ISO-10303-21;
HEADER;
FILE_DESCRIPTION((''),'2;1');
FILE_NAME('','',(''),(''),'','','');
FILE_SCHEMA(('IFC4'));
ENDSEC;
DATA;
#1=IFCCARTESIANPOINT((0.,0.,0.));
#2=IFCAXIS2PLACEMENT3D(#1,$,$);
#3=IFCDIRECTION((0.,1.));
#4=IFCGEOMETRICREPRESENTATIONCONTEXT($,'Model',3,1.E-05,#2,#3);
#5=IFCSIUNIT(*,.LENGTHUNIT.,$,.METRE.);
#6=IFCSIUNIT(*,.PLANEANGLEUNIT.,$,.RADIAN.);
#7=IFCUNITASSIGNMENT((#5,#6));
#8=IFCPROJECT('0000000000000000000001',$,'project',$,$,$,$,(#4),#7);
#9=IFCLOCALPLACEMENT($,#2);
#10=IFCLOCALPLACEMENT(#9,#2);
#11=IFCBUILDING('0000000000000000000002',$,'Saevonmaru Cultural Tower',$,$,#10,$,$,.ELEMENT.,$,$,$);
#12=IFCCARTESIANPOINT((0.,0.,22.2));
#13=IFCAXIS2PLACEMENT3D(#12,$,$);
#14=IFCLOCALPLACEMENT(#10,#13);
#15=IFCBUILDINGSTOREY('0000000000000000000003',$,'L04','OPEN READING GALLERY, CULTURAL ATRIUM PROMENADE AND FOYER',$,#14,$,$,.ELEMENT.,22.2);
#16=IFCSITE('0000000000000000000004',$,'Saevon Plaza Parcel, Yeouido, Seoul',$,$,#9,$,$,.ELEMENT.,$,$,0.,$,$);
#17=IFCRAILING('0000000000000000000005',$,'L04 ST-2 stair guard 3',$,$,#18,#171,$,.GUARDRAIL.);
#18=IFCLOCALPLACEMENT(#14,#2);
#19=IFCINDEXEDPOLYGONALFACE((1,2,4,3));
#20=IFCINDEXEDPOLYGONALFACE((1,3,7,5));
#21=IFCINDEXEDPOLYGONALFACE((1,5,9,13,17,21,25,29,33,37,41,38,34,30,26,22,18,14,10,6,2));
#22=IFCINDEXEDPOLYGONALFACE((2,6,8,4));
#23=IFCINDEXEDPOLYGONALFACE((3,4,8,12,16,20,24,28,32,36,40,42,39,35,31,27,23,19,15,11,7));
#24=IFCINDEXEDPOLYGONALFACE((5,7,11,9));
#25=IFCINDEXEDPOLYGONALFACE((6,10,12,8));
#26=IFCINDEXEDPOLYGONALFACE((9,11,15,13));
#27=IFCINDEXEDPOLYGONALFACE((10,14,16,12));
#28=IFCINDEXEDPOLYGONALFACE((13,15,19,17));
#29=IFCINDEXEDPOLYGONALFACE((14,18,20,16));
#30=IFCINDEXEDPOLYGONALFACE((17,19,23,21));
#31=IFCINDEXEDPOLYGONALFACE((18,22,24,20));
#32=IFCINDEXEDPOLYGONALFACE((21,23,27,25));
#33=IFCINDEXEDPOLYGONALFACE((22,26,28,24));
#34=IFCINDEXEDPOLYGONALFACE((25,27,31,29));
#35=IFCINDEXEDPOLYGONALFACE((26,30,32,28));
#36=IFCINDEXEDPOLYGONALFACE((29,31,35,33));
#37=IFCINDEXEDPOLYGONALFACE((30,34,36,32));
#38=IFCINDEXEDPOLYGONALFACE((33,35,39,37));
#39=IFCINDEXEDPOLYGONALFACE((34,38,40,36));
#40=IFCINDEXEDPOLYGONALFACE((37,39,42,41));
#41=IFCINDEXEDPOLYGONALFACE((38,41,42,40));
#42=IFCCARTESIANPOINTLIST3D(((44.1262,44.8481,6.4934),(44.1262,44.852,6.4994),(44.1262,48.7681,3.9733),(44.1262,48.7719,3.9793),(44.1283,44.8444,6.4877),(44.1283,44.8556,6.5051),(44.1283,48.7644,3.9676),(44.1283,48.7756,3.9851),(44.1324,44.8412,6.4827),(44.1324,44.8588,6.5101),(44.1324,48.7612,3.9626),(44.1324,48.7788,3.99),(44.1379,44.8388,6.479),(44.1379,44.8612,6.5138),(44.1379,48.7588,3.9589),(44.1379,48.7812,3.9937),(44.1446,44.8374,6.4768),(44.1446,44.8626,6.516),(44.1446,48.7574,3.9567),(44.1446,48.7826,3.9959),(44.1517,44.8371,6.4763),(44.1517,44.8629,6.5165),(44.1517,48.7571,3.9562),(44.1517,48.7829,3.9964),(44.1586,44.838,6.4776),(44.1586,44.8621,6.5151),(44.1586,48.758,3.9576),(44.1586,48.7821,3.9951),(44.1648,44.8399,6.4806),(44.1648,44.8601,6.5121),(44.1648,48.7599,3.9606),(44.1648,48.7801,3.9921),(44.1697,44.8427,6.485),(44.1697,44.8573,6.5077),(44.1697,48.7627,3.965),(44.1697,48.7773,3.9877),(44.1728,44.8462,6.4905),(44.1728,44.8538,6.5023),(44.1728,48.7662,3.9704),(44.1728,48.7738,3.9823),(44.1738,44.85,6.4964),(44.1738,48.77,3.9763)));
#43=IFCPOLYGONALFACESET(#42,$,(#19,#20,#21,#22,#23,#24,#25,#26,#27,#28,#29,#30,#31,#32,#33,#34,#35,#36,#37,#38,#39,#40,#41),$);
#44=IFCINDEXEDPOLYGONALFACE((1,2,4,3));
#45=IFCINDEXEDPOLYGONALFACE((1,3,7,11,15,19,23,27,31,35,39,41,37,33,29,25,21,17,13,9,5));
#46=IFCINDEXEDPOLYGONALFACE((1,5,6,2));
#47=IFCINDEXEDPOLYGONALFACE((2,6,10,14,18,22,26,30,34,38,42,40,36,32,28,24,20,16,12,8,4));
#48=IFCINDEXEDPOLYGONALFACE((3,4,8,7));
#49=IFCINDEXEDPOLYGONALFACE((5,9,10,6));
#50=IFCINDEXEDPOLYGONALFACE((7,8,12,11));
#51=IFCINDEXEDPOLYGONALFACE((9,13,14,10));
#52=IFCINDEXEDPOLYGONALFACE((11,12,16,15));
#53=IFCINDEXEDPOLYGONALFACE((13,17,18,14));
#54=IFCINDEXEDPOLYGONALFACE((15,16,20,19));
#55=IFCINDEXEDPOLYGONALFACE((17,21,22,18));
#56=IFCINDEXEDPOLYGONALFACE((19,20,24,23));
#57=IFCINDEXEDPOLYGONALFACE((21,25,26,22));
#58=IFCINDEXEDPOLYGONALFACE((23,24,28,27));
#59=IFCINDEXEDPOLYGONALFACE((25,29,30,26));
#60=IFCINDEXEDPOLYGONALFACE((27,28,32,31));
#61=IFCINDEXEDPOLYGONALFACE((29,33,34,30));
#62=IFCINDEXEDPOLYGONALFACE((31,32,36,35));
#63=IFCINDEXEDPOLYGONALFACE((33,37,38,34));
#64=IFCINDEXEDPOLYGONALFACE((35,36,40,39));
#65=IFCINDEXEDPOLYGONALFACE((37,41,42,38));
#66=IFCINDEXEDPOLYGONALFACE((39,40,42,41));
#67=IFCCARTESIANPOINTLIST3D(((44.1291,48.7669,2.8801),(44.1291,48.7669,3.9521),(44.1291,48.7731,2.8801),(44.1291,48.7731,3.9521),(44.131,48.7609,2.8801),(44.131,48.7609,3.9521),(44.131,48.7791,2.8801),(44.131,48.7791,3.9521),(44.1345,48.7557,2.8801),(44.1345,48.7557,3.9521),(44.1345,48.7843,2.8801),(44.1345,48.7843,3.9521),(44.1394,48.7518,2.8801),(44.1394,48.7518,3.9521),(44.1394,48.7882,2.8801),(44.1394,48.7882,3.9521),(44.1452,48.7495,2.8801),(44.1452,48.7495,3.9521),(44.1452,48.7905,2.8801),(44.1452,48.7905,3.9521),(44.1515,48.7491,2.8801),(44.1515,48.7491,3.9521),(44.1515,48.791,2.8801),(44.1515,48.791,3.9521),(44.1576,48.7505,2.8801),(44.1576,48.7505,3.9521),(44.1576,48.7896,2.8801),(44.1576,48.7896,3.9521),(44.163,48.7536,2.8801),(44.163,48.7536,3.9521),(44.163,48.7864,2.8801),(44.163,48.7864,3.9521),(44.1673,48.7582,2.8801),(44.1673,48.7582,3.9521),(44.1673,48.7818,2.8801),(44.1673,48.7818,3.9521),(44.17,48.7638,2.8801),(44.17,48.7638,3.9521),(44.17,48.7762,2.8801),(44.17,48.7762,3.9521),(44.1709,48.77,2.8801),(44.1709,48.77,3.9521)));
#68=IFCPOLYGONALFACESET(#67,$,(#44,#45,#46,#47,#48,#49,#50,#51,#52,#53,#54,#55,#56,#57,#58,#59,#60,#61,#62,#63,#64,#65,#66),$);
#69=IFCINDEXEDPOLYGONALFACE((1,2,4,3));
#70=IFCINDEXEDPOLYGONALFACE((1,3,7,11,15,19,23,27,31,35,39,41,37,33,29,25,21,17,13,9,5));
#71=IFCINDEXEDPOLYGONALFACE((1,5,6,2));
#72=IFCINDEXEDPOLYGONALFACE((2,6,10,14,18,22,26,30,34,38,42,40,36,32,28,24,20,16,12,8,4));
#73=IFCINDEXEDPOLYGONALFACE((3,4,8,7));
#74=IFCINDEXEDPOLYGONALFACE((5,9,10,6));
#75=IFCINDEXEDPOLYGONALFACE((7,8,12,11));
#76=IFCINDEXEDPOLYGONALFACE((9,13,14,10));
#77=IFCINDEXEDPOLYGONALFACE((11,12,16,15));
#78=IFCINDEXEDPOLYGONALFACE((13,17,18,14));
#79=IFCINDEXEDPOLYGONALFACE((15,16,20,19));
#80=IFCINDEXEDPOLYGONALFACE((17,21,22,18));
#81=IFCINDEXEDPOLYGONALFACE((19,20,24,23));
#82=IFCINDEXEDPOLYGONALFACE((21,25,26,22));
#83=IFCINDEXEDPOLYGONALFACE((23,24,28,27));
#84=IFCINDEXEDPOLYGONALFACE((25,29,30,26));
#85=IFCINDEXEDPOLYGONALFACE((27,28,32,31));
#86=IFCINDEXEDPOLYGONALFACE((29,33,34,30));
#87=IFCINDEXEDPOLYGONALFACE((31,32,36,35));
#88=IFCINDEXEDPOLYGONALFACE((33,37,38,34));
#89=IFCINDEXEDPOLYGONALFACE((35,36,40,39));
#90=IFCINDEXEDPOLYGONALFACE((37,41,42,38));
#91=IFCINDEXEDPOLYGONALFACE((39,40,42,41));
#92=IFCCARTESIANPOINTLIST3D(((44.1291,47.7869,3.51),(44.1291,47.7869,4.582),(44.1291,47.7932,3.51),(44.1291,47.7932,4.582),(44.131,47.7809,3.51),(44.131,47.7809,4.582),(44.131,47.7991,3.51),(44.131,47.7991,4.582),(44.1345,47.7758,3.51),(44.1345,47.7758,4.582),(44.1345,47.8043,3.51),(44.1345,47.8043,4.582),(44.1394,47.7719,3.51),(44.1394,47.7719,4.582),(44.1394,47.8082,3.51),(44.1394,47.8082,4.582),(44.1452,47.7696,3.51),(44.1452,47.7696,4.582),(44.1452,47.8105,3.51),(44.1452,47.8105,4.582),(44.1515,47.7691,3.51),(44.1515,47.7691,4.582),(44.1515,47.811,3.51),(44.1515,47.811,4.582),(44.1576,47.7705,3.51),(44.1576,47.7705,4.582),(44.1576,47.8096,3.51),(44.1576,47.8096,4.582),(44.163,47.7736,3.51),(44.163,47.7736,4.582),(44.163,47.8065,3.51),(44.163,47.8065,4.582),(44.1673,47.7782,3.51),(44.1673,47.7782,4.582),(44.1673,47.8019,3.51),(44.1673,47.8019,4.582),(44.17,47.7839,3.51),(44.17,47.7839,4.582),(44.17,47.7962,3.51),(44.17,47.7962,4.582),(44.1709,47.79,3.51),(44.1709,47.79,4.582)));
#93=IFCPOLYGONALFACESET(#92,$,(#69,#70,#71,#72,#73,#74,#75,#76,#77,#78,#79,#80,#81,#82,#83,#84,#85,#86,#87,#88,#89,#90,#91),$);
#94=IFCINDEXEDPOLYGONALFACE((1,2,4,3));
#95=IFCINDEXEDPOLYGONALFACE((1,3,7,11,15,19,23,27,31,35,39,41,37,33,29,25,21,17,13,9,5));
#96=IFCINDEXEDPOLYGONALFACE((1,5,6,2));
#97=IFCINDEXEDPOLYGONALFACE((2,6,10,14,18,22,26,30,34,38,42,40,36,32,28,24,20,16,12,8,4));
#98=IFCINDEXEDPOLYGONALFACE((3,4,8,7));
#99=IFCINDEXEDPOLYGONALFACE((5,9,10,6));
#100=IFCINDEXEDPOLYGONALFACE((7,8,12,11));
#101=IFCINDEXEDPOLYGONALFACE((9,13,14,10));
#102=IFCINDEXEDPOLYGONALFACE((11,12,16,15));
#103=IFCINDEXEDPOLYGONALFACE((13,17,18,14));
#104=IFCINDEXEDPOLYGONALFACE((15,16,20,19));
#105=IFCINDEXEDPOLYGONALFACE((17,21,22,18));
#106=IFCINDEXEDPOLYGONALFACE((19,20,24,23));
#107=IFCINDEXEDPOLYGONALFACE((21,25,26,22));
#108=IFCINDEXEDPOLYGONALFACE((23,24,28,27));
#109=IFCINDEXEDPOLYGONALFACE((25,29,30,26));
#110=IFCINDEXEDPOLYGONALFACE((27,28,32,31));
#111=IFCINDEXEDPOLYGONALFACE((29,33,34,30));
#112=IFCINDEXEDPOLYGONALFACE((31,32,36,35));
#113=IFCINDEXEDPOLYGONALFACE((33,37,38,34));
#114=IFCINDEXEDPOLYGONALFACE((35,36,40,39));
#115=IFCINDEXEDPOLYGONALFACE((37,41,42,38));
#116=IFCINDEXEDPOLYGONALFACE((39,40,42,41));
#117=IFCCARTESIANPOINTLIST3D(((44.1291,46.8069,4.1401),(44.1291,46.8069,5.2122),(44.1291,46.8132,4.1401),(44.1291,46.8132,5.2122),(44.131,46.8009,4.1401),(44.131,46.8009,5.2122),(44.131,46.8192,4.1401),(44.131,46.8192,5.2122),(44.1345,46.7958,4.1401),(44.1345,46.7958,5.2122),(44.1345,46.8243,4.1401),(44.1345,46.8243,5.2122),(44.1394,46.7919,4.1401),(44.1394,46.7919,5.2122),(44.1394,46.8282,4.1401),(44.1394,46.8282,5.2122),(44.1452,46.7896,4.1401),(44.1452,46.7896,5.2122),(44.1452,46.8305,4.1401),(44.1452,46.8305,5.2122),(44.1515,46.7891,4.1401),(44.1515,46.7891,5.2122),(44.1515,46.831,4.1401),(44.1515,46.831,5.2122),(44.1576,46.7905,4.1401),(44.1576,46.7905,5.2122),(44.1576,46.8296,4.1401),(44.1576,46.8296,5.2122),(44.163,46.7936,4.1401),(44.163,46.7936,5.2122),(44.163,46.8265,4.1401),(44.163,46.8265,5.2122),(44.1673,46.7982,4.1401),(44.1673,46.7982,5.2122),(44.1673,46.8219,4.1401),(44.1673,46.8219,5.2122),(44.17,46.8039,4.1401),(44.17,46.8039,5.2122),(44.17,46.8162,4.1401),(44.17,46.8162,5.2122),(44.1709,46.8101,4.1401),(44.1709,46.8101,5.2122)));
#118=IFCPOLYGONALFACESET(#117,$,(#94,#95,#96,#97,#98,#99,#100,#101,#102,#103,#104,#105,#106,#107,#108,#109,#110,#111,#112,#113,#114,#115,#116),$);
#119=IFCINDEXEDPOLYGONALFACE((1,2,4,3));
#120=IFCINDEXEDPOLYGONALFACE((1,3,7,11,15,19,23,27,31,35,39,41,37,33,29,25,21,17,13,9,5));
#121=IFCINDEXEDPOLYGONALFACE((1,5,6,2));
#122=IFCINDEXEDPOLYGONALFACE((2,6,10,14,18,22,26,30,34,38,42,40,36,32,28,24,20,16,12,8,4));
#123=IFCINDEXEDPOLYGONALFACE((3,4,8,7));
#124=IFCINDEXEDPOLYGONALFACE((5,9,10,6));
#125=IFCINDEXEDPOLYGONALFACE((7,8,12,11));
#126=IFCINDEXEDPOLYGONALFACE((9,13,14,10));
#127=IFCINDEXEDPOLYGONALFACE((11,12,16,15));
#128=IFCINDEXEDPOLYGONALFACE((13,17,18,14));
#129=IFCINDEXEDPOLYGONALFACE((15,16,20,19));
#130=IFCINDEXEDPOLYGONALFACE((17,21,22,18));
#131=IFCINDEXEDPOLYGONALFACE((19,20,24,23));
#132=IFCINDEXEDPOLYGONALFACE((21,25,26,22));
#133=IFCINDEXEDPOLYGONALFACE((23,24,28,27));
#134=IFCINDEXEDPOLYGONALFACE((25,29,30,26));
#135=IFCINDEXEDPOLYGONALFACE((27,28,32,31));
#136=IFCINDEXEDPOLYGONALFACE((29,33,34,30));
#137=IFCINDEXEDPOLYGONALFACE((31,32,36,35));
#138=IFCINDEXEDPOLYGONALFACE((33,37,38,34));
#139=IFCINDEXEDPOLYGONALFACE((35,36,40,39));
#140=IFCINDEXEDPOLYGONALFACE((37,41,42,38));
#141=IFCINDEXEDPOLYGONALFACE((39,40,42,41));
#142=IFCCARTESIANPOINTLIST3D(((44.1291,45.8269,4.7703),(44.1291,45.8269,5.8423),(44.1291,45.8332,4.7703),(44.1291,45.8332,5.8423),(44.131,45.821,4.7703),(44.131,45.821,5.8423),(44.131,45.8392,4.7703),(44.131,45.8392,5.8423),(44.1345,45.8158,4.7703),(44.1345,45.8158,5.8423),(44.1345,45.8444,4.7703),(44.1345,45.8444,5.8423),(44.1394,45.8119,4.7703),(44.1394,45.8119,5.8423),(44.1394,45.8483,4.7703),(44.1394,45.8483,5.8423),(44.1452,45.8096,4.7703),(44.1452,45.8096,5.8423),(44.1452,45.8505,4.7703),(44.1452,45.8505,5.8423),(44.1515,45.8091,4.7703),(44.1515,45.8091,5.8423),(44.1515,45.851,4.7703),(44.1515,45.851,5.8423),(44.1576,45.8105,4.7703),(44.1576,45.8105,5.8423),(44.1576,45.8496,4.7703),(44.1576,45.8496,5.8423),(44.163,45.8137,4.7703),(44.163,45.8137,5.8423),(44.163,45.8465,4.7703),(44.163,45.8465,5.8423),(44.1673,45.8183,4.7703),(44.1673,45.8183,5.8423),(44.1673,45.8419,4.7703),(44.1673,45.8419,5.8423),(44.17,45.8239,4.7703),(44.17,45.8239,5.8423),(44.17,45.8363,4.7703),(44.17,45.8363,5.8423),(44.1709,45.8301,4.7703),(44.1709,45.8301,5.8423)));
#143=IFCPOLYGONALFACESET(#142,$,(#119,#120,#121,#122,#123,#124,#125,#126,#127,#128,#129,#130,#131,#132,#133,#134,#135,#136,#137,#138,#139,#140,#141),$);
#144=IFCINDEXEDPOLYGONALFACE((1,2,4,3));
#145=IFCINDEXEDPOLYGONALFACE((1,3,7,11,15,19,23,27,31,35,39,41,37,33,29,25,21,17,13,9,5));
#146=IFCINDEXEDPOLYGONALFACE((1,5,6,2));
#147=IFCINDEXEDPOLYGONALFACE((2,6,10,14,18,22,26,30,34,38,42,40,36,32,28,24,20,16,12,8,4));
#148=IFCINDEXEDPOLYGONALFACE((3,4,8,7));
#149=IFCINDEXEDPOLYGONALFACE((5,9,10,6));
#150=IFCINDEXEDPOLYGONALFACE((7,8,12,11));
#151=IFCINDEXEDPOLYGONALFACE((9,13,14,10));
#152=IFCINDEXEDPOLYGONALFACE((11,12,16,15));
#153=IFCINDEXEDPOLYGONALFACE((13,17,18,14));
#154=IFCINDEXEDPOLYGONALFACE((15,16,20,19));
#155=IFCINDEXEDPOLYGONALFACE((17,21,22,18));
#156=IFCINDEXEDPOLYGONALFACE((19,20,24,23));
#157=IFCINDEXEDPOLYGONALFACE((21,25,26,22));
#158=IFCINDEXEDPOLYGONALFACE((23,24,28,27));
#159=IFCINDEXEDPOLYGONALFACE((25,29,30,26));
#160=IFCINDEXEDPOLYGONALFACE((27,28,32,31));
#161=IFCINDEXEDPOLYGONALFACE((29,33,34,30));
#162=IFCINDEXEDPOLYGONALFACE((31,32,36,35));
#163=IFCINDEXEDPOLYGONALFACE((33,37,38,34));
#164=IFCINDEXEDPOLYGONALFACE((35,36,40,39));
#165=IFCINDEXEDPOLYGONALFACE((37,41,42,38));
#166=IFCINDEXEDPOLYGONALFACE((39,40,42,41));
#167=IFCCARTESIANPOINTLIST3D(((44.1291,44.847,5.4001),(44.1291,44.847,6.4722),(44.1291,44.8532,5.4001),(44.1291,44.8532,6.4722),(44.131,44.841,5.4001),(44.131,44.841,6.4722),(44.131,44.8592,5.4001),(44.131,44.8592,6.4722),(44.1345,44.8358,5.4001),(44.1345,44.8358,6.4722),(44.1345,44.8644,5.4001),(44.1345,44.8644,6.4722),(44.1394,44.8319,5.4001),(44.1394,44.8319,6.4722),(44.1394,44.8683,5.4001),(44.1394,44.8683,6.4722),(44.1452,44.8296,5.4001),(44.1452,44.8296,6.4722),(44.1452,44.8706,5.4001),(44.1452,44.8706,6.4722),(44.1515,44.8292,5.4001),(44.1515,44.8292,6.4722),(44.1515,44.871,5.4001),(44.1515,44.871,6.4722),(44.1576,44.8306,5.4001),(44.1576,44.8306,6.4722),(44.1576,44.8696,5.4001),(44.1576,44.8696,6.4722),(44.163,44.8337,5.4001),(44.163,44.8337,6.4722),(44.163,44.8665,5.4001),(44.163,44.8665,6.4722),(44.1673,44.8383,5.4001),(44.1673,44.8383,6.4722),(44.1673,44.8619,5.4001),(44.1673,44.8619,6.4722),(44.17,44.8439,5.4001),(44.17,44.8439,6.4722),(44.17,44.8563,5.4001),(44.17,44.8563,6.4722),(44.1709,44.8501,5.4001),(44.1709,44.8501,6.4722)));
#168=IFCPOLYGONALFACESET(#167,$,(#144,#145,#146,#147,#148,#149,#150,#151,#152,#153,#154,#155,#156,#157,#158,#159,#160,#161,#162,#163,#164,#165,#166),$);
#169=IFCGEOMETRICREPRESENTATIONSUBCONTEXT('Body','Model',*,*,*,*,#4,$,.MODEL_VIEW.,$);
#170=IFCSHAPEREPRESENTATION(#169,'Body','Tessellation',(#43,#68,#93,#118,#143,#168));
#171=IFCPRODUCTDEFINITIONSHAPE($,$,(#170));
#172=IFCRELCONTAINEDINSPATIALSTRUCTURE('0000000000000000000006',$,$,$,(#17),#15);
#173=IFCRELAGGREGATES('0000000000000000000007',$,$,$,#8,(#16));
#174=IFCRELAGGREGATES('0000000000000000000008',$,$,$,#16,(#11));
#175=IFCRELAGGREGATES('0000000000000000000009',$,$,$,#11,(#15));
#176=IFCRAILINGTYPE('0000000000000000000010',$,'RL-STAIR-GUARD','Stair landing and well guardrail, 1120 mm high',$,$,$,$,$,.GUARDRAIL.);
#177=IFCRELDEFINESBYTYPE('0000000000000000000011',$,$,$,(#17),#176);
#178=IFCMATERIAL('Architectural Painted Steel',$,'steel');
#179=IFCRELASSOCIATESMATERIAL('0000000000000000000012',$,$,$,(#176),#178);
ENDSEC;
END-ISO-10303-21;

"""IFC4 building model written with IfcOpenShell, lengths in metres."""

from ifc_helpers import new_model, si_unit, direction, frame, origin, origin_2d, place, context, subcontext, project, spatial, circle, extrude, material, type_object, element, save


model = new_model("IFC4")

# Units and contexts
model_context = context("Model", 3, precision=1e-05, world=origin(), true_north=direction((0.0, 1.0)))
body_context = subcontext(model_context, "Body", "Model", "MODEL_VIEW")
ifc_project = project(units=[si_unit("LENGTHUNIT", "METRE"), si_unit("PLANEANGLEUNIT", "RADIAN")], contexts=[model_context])

# Site, building, storey
site_placement = place(None, origin())
site = spatial("IfcSite", under=ifc_project, at=site_placement, Name="Saevon Plaza Parcel, Yeouido, Seoul", CompositionType="ELEMENT", RefElevation=0.0)
building_placement = place(site_placement, origin())
building = spatial("IfcBuilding", under=site, at=building_placement, Name="Saevonmaru Cultural Tower", CompositionType="ELEMENT")
storey_placement = place(building_placement, frame((0.0, 0.0, 22.2)))
storey = spatial("IfcBuildingStorey", under=building, at=storey_placement, Name="L04", Description="OPEN READING GALLERY, CULTURAL ATRIUM PROMENADE AND FOYER", CompositionType="ELEMENT", Elevation=22.2)

# Railing
ifc_material_1 = material(Name="Architectural Painted Steel", Category="steel")
railing_type_1 = type_object("IfcRailingType", Name="RL-STAIR-GUARD", Description="Stair landing and well guardrail, 1120 mm high", PredefinedType="GUARDRAIL", material=ifc_material_1)
railing_1_placement = place(storey_placement, frame((44.1499, 48.77, 2.8801)))
element("IfcRailing", 1, at=railing_1_placement, inside=storey, type_object=railing_type_1, Name="L04 ST-2 stair guard 3", PredefinedType="GUARDRAIL", context=body_context, shape_type="SweptSolid", body=[
    extrude(circle(Radius=0.0239, at=origin_2d()), frame((0.0, 0.0, 1.0962), z_axis=(0.0, -0.841172, 0.540768), x_axis=(1.0, 0.0, 0.0)), (0.0, 0.0, 1.0), 4.6602),
    extrude(circle(Radius=0.021, at=origin_2d()), origin(), (0.0, 0.0, 1.0), 1.072),
    extrude(circle(Radius=0.021, at=origin_2d()), frame((0.0, -0.98, 0.6299)), (0.0, 0.0, 1.0), 1.072),
    extrude(circle(Radius=0.021, at=origin_2d()), frame((0.0, -1.96, 1.26)), (0.0, 0.0, 1.0), 1.072),
    extrude(circle(Radius=0.021, at=origin_2d()), frame((0.0, -2.9399, 1.8901)), (0.0, 0.0, 1.0), 1.072),
    extrude(circle(Radius=0.021, at=origin_2d()), frame((0.0, -3.9199, 2.52)), (0.0, 0.0, 1.0), 1.072),
])

save(model, "model.ifc")
